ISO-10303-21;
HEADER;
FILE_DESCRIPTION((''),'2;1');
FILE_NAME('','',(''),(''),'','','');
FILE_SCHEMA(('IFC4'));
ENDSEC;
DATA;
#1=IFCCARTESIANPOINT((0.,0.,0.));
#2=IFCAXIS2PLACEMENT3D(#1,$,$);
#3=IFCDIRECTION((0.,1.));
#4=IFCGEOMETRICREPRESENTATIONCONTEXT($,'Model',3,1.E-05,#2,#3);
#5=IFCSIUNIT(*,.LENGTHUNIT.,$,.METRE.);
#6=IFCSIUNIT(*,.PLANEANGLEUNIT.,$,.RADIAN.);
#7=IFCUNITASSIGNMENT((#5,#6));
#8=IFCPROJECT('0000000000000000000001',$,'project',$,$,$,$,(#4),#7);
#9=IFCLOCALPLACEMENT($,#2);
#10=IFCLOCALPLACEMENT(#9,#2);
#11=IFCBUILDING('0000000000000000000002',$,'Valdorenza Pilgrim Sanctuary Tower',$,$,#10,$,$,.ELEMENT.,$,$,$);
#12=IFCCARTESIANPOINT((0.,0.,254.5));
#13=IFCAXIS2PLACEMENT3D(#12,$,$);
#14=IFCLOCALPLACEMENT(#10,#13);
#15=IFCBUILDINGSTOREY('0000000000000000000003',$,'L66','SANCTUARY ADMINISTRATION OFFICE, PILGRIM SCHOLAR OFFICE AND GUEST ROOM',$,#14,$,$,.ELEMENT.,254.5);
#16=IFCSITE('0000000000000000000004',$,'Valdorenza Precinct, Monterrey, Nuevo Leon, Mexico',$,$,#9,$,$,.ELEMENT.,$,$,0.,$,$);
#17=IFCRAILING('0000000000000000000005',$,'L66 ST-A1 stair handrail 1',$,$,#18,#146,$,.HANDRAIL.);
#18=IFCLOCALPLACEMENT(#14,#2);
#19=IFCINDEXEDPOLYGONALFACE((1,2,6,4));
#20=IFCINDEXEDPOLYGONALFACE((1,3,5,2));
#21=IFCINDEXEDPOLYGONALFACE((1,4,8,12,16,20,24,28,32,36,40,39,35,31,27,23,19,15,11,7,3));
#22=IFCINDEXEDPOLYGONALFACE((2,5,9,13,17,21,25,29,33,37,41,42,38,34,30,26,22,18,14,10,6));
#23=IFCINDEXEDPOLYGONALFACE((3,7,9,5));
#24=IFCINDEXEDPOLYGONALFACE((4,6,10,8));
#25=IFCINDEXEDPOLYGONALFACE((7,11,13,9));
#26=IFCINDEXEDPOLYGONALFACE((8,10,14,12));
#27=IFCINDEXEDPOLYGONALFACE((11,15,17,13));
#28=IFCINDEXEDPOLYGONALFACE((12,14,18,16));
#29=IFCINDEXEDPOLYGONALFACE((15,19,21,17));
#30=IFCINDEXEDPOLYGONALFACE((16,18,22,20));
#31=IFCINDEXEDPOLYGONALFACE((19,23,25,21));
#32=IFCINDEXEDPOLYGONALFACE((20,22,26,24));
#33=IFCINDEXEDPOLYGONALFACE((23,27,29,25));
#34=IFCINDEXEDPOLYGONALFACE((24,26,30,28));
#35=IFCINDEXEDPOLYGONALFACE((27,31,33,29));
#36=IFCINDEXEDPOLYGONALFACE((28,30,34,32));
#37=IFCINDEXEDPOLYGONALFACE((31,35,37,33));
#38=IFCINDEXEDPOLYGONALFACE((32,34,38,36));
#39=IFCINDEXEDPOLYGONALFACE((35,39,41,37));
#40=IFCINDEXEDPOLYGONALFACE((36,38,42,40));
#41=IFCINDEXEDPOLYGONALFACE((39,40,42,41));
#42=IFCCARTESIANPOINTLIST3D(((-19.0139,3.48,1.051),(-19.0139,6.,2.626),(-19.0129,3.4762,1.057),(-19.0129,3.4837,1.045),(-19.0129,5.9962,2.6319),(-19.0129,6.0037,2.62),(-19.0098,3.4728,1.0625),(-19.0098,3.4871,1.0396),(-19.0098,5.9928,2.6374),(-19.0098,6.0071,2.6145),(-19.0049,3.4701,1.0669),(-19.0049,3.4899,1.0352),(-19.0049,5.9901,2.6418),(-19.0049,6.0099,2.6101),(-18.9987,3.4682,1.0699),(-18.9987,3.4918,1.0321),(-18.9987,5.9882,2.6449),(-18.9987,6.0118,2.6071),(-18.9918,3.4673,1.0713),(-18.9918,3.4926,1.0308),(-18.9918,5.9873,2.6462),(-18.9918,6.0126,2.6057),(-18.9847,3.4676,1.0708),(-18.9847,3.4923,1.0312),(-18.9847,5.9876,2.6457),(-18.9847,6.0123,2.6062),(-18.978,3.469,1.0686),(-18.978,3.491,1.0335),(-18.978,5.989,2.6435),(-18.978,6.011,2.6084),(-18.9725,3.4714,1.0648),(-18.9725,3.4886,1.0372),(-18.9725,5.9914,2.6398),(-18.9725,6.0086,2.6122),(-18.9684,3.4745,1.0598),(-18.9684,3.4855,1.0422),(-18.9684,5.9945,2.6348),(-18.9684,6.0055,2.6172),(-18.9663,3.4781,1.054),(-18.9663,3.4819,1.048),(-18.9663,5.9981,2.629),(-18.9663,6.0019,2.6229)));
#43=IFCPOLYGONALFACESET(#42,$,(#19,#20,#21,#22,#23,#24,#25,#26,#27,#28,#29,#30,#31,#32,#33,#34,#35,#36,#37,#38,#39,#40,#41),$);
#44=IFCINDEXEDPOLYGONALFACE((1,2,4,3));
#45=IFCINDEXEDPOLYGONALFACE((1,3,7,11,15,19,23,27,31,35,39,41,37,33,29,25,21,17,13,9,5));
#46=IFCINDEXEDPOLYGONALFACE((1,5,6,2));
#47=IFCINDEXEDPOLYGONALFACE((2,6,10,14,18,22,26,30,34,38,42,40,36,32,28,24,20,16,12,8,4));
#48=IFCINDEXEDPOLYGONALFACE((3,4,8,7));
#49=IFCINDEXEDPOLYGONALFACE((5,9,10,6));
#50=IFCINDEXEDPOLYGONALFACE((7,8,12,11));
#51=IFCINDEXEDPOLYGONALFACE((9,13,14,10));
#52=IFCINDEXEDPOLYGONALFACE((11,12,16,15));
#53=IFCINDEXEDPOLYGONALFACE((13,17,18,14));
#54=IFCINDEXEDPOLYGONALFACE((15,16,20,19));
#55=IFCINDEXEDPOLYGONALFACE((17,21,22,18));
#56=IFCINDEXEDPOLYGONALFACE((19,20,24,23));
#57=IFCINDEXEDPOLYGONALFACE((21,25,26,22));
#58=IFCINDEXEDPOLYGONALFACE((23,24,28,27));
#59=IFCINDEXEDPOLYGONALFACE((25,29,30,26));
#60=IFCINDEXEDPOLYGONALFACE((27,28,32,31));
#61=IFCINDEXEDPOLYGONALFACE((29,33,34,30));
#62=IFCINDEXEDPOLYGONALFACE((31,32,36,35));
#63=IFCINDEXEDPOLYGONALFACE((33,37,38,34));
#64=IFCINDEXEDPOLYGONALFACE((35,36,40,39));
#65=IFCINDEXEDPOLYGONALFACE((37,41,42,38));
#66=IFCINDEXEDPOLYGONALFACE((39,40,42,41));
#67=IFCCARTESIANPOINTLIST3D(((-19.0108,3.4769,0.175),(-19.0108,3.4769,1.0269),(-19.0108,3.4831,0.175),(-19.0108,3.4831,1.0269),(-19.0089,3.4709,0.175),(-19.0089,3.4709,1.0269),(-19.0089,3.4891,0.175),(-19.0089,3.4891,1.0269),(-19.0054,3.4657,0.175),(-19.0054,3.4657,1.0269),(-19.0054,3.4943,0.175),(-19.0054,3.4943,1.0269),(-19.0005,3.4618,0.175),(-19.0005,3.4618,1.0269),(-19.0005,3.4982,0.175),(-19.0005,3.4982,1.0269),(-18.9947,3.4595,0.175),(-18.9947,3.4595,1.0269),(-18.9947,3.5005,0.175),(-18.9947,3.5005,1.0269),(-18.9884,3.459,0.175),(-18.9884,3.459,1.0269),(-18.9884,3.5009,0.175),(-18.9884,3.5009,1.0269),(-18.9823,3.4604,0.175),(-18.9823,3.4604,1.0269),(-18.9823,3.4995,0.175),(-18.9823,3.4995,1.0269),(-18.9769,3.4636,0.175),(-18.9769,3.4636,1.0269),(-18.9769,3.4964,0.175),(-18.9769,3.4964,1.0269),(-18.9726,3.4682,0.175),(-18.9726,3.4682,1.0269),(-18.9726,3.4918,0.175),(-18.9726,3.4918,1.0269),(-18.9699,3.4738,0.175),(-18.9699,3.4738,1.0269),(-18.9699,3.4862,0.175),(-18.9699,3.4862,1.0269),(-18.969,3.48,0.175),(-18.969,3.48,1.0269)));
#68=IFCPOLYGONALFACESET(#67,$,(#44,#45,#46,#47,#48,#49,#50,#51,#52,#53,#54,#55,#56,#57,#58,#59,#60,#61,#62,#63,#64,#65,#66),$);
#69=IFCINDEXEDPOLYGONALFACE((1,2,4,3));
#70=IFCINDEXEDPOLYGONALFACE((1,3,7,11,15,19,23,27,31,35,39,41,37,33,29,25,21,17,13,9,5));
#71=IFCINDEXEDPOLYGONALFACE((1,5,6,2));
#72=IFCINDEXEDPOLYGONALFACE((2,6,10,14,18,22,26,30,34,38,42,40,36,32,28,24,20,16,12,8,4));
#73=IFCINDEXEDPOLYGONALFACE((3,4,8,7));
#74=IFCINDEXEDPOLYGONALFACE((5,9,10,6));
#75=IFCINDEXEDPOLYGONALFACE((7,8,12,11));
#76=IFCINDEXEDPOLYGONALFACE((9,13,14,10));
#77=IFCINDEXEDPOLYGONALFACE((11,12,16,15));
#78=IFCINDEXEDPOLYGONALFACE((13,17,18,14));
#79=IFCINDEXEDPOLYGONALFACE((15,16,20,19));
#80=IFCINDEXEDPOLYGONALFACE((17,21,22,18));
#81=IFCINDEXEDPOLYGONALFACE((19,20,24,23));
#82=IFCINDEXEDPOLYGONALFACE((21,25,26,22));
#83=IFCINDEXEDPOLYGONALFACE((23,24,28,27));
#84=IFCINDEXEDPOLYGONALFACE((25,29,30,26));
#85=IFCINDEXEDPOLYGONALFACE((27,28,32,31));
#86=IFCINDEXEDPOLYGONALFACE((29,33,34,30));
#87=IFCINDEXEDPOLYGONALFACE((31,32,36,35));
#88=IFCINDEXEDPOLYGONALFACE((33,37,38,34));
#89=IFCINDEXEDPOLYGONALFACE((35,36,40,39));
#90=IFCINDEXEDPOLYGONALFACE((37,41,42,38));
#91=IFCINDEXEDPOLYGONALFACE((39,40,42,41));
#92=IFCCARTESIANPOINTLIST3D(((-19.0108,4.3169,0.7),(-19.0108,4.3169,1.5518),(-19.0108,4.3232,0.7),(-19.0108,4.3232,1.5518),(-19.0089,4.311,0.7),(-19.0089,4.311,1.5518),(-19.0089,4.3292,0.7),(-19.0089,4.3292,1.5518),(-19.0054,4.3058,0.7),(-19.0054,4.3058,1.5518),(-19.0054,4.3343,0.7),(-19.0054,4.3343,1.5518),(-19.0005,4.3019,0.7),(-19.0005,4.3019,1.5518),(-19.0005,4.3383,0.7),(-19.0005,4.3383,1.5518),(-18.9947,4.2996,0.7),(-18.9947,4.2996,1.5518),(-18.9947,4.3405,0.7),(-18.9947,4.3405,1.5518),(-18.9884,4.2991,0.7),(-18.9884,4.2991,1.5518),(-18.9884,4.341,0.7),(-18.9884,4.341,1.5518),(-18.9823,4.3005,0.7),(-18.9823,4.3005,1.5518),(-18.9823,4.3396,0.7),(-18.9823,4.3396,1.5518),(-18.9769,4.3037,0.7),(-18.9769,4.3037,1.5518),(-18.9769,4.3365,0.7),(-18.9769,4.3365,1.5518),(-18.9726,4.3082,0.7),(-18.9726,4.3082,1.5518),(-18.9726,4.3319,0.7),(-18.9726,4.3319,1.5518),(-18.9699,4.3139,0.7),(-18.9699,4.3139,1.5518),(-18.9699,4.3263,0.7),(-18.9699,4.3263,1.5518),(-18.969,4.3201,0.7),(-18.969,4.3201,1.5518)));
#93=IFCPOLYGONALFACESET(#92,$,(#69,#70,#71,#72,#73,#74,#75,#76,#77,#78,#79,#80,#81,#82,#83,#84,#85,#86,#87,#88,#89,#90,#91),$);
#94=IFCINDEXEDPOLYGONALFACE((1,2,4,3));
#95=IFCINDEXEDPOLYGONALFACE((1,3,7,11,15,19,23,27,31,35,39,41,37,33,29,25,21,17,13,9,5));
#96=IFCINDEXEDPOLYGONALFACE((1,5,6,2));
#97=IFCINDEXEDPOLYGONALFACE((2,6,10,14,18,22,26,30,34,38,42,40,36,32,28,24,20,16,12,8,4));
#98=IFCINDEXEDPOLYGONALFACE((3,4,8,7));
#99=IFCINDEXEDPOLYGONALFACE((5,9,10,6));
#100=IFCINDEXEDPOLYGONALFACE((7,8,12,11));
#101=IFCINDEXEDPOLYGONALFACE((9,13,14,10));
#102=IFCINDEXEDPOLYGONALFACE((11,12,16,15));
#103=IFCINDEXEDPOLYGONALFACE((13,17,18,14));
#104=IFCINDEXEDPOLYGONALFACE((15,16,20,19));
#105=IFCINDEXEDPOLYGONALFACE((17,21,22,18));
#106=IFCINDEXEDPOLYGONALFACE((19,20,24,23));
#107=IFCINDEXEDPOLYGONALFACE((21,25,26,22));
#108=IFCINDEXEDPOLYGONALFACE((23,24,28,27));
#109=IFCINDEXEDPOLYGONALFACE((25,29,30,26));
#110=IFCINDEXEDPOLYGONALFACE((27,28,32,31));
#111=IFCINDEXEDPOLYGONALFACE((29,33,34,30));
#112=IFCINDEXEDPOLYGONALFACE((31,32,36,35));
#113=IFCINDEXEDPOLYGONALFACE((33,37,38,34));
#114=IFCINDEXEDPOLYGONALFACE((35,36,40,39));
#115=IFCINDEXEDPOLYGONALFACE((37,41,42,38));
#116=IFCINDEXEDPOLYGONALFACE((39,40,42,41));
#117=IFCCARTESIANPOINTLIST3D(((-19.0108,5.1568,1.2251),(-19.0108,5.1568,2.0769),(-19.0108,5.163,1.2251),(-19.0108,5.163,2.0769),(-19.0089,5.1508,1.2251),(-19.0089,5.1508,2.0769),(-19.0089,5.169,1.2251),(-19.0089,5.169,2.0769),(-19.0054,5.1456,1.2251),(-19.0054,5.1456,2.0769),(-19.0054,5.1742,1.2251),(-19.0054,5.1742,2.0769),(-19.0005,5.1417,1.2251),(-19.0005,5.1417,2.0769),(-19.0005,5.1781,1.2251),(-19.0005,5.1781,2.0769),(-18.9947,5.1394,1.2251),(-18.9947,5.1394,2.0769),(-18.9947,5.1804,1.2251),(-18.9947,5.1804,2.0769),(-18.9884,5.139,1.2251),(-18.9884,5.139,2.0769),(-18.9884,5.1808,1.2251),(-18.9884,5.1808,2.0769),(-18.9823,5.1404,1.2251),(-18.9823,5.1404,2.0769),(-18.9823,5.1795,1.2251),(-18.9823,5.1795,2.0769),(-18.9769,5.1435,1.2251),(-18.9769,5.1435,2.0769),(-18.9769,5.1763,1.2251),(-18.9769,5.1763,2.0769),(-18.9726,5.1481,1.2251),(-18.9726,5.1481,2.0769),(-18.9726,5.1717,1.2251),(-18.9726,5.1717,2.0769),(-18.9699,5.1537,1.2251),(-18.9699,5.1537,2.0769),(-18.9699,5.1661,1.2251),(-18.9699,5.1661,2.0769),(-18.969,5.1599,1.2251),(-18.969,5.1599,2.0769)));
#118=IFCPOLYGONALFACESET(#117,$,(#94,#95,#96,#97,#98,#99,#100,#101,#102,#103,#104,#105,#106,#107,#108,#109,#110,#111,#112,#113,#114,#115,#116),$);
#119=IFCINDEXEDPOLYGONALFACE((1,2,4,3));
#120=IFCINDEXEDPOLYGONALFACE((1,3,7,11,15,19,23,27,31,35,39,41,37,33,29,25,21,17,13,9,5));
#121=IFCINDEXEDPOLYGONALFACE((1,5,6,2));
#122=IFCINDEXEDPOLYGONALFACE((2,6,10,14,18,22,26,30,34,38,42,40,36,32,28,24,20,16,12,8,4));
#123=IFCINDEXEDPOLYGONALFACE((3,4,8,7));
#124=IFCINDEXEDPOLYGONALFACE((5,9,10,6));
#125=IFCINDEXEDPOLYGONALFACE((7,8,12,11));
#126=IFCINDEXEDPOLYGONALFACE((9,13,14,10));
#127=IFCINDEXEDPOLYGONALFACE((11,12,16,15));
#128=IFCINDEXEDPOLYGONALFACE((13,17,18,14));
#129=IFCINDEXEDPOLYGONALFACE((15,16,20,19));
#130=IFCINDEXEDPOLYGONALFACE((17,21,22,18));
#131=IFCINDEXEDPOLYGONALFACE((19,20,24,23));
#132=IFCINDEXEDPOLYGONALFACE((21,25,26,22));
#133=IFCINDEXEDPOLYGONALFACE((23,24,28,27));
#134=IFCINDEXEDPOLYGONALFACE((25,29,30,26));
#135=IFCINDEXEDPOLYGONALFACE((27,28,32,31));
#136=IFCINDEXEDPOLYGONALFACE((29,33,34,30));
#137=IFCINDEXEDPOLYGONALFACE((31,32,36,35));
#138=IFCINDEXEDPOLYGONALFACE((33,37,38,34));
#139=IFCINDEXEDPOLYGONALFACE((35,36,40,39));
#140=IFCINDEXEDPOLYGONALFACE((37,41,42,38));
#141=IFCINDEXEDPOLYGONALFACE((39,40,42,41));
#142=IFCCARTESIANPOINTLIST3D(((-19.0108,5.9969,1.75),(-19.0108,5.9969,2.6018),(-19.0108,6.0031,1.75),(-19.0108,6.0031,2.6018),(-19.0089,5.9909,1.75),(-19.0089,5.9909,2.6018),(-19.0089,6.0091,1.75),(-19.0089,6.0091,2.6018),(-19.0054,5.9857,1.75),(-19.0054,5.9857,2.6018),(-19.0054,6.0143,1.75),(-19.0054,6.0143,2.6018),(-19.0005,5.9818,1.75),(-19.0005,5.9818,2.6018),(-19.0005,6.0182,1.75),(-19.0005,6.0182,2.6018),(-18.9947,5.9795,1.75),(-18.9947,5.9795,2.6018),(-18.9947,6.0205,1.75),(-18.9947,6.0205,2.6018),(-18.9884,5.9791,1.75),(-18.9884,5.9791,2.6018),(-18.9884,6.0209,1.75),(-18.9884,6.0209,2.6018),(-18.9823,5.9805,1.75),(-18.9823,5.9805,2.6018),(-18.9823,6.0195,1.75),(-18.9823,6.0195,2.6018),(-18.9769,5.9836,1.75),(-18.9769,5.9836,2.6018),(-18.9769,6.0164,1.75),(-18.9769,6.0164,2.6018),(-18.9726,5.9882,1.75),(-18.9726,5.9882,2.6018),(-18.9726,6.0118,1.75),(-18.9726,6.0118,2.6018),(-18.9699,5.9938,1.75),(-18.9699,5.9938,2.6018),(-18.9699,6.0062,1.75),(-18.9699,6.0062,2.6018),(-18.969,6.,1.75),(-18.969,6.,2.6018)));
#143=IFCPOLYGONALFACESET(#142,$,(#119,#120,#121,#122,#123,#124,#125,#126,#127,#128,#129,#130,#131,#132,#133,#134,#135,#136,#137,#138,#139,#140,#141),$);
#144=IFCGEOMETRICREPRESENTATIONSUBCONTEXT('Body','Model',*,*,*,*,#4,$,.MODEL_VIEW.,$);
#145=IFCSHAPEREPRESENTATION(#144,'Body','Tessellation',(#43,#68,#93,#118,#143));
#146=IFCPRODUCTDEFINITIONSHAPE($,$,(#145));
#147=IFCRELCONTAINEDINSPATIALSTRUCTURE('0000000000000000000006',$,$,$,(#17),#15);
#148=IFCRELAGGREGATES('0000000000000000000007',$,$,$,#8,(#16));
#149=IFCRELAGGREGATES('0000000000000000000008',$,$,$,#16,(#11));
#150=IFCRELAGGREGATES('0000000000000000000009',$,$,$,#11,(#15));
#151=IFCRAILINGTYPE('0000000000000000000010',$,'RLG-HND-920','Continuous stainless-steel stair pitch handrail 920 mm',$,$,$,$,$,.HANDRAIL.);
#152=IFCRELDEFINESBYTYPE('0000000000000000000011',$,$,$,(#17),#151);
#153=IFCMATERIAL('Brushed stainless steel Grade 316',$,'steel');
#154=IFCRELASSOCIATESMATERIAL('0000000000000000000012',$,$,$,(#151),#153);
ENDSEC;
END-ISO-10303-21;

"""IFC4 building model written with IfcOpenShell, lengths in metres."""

from ifc_helpers import new_model, si_unit, direction, frame, origin, origin_2d, place, context, subcontext, project, spatial, circle, extrude, material, type_object, element, save


model = new_model("IFC4")

# Units and contexts
model_context = context("Model", 3, precision=1e-05, world=origin(), true_north=direction((0.0, 1.0)))
body_context = subcontext(model_context, "Body", "Model", "MODEL_VIEW")
ifc_project = project(units=[si_unit("LENGTHUNIT", "METRE"), si_unit("PLANEANGLEUNIT", "RADIAN")], contexts=[model_context])

# Site, building, storey
site_placement = place(None, origin())
site = spatial("IfcSite", under=ifc_project, at=site_placement, Name="Valdorenza Precinct, Monterrey, Nuevo Leon, Mexico", CompositionType="ELEMENT", RefElevation=0.0)
building_placement = place(site_placement, origin())
building = spatial("IfcBuilding", under=site, at=building_placement, Name="Valdorenza Pilgrim Sanctuary Tower", CompositionType="ELEMENT")
storey_placement = place(building_placement, frame((0.0, 0.0, 254.5)))
storey = spatial("IfcBuildingStorey", under=building, at=storey_placement, Name="L66", Description="SANCTUARY ADMINISTRATION OFFICE, PILGRIM SCHOLAR OFFICE AND GUEST ROOM", CompositionType="ELEMENT", Elevation=254.5)

# Shared definitions
ifc_material_1 = material(Name="Brushed stainless steel Grade 316", Category="steel")

# Railing
railing_type_1 = type_object("IfcRailingType", Name="RLG-HND-920", Description="Continuous stainless-steel stair pitch handrail 920 mm", PredefinedType="HANDRAIL", material=ifc_material_1)
railing_1_placement = place(storey_placement, frame((-18.99, 3.48, 0.175)))
element("IfcRailing", 1, at=railing_1_placement, inside=storey, type_object=railing_type_1, Name="L66 ST-A1 stair handrail 1", PredefinedType="HANDRAIL", context=body_context, shape_type="SweptSolid", body=[
    extrude(circle(Radius=0.0239, at=origin_2d()), frame((0.0, 0.0, 0.876), z_axis=(0.0, 0.848008, 0.529984), x_axis=(-1.0, 0.0, 0.0)), (0.0, 0.0, 1.0), 2.9717),
    extrude(circle(Radius=0.021, at=origin_2d()), origin(), (0.0, 0.0, 1.0), 0.8518),
    extrude(circle(Radius=0.021, at=origin_2d()), frame((0.0, 0.8401, 0.5249)), (0.0, 0.0, 1.0), 0.8518),
    extrude(circle(Radius=0.021, at=origin_2d()), frame((0.0, 1.6799, 1.05)), (0.0, 0.0, 1.0), 0.8518),
    extrude(circle(Radius=0.021, at=origin_2d()), frame((0.0, 2.52, 1.575)), (0.0, 0.0, 1.0), 0.8518),
])

save(model, "model.ifc")
